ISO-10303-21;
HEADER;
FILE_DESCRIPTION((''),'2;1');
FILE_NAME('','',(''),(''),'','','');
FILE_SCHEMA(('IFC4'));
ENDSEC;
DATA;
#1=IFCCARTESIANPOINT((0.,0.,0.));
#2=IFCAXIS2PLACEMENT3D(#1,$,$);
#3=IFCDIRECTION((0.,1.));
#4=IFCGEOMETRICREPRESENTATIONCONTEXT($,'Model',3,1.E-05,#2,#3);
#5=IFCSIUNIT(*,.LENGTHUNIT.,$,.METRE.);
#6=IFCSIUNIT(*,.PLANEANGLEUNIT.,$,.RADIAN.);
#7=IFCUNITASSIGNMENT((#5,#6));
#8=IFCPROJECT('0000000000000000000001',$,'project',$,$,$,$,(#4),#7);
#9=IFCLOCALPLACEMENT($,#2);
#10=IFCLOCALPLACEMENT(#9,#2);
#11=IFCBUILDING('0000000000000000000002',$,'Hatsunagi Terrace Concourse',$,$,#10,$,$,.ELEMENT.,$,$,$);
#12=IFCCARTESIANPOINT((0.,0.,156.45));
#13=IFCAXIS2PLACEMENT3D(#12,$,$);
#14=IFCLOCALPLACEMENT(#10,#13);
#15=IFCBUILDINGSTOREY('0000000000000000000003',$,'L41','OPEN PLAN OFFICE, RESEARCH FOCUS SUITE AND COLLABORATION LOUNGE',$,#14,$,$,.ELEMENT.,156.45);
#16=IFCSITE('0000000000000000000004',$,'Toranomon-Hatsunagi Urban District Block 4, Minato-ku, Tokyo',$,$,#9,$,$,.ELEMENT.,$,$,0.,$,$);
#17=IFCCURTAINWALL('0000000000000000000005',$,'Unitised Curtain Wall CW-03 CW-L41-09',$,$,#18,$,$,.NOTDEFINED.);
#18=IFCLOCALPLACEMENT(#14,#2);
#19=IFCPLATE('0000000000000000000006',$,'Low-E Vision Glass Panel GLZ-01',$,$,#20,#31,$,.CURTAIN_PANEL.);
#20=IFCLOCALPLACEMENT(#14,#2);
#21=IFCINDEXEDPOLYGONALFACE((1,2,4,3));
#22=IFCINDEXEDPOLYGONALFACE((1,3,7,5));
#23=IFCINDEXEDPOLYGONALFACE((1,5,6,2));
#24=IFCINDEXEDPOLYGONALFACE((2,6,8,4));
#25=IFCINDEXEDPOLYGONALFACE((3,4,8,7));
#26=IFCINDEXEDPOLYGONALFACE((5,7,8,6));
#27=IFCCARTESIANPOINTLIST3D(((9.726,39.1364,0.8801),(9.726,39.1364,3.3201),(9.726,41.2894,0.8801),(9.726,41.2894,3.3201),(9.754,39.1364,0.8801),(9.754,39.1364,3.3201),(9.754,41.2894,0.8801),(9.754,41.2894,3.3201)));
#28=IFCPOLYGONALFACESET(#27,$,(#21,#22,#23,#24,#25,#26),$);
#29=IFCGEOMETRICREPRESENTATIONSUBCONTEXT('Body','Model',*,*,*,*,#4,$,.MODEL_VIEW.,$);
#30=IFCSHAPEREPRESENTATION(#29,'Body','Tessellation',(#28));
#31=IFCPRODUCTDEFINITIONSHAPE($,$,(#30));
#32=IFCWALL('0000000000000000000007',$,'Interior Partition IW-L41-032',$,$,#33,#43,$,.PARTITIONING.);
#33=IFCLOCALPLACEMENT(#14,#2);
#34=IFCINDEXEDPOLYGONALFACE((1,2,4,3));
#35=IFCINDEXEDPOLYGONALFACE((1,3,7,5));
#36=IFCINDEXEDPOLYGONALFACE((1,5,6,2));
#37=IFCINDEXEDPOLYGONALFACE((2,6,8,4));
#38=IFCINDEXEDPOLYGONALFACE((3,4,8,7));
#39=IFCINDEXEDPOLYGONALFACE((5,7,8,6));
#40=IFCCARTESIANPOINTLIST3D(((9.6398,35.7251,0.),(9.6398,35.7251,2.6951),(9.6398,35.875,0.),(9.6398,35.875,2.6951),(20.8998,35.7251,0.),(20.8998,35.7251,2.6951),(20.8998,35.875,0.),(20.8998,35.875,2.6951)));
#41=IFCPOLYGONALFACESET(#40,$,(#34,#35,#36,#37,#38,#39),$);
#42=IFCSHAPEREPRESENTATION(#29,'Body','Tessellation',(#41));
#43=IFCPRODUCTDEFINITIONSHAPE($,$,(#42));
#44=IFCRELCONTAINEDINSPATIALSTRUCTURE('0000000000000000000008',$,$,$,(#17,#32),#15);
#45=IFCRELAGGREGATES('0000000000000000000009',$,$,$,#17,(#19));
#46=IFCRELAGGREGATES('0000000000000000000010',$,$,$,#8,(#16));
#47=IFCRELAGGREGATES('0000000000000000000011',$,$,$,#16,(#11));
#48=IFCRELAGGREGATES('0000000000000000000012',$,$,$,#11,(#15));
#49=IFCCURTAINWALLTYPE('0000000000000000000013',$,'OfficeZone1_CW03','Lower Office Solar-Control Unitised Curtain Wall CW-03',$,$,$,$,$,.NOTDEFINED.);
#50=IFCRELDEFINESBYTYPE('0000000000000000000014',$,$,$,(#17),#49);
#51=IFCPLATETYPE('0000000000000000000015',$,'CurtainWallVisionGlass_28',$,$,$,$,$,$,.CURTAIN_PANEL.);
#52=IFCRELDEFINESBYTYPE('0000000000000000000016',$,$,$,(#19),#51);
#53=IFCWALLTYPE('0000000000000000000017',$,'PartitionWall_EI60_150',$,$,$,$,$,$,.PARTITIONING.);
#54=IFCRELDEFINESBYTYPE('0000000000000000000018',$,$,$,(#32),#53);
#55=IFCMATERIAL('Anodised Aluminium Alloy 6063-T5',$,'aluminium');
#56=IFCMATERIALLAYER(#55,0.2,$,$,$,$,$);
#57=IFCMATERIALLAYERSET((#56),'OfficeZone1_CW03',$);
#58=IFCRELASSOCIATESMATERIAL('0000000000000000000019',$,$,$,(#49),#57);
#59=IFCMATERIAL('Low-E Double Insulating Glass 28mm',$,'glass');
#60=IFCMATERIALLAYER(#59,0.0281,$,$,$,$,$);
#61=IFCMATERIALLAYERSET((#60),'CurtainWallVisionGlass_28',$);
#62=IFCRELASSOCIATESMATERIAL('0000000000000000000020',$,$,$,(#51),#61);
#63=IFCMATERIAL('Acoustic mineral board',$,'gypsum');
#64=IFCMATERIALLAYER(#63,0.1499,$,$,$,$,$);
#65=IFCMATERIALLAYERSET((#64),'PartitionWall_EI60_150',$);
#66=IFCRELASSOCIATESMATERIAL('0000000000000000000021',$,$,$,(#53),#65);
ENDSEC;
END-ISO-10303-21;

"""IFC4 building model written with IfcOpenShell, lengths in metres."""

from ifc_helpers import new_model, si_unit, direction, frame, frame_2d, origin, origin_2d, place, context, subcontext, project, spatial, rectangle, extrude, material, layer, layer_set, type_object, element, aggregate, save


model = new_model("IFC4")

# Units and contexts
model_context = context("Model", 3, precision=1e-05, world=origin(), true_north=direction((0.0, 1.0)))
body_context = subcontext(model_context, "Body", "Model", "MODEL_VIEW")
ifc_project = project(units=[si_unit("LENGTHUNIT", "METRE"), si_unit("PLANEANGLEUNIT", "RADIAN")], contexts=[model_context])

# Site, building, storey
site_placement = place(None, origin())
site = spatial("IfcSite", under=ifc_project, at=site_placement, Name="Toranomon-Hatsunagi Urban District Block 4, Minato-ku, Tokyo", CompositionType="ELEMENT", RefElevation=0.0)
building_placement = place(site_placement, origin())
building = spatial("IfcBuilding", under=site, at=building_placement, Name="Hatsunagi Terrace Concourse", CompositionType="ELEMENT")
storey_placement = place(building_placement, frame((0.0, 0.0, 156.45)))
storey = spatial("IfcBuildingStorey", under=building, at=storey_placement, Name="L41", Description="OPEN PLAN OFFICE, RESEARCH FOCUS SUITE AND COLLABORATION LOUNGE", CompositionType="ELEMENT", Elevation=156.45)

# Curtain wall
ifc_material_1 = material(Name="Anodised Aluminium Alloy 6063-T5", Category="aluminium")
ifc_layer_1 = layer(ifc_material_1, 0.2)
ifc_layer_set_1 = layer_set([ifc_layer_1], Name="OfficeZone1_CW03")
curtain_wall_type = type_object("IfcCurtainWallType", Name="OfficeZone1_CW03", Description="Lower Office Solar-Control Unitised Curtain Wall CW-03", PredefinedType="NOTDEFINED", material=ifc_layer_set_1)
curtain_wall_placement = place(storey_placement, origin())
curtain_wall = element("IfcCurtainWall", 1, at=curtain_wall_placement, inside=storey, type_object=curtain_wall_type, Name="Unitised Curtain Wall CW-03 CW-L41-09", PredefinedType="NOTDEFINED")

# Plate
ifc_material_2 = material(Name="Low-E Double Insulating Glass 28mm", Category="glass")
ifc_layer_2 = layer(ifc_material_2, 0.0281)
ifc_layer_set_2 = layer_set([ifc_layer_2], Name="CurtainWallVisionGlass_28")
plate_type_1 = type_object("IfcPlateType", Name="CurtainWallVisionGlass_28", PredefinedType="CURTAIN_PANEL", material=ifc_layer_set_2)
plate_1_placement = place(storey_placement, frame((9.74, 40.2129, 0.8801), z_axis=(0.0, 0.0, 1.0), x_axis=(0.0, 1.0, 0.0)))
plate_1 = element("IfcPlate", 2, at=plate_1_placement, type_object=plate_type_1, Name="Low-E Vision Glass Panel GLZ-01", PredefinedType="CURTAIN_PANEL", context=body_context, shape_type="SweptSolid", body=[
    extrude(rectangle(XDim=2.1531, YDim=0.0281, at=origin_2d()), origin(), (0.0, 0.0, 1.0), 2.4399),
])
aggregate(curtain_wall, [plate_1])

# Wall
ifc_material_3 = material(Name="Acoustic mineral board", Category="gypsum")
ifc_layer_3 = layer(ifc_material_3, 0.1499)
ifc_layer_set_3 = layer_set([ifc_layer_3], Name="PartitionWall_EI60_150")
wall_type = type_object("IfcWallType", Name="PartitionWall_EI60_150", PredefinedType="PARTITIONING", material=ifc_layer_set_3)
wall_placement = place(storey_placement, frame((9.6399, 35.8, 0.0), z_axis=(0.0, 0.0, 1.0), x_axis=(1.0, 0.0, 0.0)))
element("IfcWall", 3, at=wall_placement, inside=storey, type_object=wall_type, Name="Interior Partition IW-L41-032", PredefinedType="PARTITIONING", context=body_context, shape_type="SweptSolid", body=[
    extrude(rectangle(XDim=11.26, YDim=0.1499, at=frame_2d((5.6299, 0.0))), origin(), (0.0, 0.0, 1.0), 2.6951),
])

save(model, "model.ifc")
